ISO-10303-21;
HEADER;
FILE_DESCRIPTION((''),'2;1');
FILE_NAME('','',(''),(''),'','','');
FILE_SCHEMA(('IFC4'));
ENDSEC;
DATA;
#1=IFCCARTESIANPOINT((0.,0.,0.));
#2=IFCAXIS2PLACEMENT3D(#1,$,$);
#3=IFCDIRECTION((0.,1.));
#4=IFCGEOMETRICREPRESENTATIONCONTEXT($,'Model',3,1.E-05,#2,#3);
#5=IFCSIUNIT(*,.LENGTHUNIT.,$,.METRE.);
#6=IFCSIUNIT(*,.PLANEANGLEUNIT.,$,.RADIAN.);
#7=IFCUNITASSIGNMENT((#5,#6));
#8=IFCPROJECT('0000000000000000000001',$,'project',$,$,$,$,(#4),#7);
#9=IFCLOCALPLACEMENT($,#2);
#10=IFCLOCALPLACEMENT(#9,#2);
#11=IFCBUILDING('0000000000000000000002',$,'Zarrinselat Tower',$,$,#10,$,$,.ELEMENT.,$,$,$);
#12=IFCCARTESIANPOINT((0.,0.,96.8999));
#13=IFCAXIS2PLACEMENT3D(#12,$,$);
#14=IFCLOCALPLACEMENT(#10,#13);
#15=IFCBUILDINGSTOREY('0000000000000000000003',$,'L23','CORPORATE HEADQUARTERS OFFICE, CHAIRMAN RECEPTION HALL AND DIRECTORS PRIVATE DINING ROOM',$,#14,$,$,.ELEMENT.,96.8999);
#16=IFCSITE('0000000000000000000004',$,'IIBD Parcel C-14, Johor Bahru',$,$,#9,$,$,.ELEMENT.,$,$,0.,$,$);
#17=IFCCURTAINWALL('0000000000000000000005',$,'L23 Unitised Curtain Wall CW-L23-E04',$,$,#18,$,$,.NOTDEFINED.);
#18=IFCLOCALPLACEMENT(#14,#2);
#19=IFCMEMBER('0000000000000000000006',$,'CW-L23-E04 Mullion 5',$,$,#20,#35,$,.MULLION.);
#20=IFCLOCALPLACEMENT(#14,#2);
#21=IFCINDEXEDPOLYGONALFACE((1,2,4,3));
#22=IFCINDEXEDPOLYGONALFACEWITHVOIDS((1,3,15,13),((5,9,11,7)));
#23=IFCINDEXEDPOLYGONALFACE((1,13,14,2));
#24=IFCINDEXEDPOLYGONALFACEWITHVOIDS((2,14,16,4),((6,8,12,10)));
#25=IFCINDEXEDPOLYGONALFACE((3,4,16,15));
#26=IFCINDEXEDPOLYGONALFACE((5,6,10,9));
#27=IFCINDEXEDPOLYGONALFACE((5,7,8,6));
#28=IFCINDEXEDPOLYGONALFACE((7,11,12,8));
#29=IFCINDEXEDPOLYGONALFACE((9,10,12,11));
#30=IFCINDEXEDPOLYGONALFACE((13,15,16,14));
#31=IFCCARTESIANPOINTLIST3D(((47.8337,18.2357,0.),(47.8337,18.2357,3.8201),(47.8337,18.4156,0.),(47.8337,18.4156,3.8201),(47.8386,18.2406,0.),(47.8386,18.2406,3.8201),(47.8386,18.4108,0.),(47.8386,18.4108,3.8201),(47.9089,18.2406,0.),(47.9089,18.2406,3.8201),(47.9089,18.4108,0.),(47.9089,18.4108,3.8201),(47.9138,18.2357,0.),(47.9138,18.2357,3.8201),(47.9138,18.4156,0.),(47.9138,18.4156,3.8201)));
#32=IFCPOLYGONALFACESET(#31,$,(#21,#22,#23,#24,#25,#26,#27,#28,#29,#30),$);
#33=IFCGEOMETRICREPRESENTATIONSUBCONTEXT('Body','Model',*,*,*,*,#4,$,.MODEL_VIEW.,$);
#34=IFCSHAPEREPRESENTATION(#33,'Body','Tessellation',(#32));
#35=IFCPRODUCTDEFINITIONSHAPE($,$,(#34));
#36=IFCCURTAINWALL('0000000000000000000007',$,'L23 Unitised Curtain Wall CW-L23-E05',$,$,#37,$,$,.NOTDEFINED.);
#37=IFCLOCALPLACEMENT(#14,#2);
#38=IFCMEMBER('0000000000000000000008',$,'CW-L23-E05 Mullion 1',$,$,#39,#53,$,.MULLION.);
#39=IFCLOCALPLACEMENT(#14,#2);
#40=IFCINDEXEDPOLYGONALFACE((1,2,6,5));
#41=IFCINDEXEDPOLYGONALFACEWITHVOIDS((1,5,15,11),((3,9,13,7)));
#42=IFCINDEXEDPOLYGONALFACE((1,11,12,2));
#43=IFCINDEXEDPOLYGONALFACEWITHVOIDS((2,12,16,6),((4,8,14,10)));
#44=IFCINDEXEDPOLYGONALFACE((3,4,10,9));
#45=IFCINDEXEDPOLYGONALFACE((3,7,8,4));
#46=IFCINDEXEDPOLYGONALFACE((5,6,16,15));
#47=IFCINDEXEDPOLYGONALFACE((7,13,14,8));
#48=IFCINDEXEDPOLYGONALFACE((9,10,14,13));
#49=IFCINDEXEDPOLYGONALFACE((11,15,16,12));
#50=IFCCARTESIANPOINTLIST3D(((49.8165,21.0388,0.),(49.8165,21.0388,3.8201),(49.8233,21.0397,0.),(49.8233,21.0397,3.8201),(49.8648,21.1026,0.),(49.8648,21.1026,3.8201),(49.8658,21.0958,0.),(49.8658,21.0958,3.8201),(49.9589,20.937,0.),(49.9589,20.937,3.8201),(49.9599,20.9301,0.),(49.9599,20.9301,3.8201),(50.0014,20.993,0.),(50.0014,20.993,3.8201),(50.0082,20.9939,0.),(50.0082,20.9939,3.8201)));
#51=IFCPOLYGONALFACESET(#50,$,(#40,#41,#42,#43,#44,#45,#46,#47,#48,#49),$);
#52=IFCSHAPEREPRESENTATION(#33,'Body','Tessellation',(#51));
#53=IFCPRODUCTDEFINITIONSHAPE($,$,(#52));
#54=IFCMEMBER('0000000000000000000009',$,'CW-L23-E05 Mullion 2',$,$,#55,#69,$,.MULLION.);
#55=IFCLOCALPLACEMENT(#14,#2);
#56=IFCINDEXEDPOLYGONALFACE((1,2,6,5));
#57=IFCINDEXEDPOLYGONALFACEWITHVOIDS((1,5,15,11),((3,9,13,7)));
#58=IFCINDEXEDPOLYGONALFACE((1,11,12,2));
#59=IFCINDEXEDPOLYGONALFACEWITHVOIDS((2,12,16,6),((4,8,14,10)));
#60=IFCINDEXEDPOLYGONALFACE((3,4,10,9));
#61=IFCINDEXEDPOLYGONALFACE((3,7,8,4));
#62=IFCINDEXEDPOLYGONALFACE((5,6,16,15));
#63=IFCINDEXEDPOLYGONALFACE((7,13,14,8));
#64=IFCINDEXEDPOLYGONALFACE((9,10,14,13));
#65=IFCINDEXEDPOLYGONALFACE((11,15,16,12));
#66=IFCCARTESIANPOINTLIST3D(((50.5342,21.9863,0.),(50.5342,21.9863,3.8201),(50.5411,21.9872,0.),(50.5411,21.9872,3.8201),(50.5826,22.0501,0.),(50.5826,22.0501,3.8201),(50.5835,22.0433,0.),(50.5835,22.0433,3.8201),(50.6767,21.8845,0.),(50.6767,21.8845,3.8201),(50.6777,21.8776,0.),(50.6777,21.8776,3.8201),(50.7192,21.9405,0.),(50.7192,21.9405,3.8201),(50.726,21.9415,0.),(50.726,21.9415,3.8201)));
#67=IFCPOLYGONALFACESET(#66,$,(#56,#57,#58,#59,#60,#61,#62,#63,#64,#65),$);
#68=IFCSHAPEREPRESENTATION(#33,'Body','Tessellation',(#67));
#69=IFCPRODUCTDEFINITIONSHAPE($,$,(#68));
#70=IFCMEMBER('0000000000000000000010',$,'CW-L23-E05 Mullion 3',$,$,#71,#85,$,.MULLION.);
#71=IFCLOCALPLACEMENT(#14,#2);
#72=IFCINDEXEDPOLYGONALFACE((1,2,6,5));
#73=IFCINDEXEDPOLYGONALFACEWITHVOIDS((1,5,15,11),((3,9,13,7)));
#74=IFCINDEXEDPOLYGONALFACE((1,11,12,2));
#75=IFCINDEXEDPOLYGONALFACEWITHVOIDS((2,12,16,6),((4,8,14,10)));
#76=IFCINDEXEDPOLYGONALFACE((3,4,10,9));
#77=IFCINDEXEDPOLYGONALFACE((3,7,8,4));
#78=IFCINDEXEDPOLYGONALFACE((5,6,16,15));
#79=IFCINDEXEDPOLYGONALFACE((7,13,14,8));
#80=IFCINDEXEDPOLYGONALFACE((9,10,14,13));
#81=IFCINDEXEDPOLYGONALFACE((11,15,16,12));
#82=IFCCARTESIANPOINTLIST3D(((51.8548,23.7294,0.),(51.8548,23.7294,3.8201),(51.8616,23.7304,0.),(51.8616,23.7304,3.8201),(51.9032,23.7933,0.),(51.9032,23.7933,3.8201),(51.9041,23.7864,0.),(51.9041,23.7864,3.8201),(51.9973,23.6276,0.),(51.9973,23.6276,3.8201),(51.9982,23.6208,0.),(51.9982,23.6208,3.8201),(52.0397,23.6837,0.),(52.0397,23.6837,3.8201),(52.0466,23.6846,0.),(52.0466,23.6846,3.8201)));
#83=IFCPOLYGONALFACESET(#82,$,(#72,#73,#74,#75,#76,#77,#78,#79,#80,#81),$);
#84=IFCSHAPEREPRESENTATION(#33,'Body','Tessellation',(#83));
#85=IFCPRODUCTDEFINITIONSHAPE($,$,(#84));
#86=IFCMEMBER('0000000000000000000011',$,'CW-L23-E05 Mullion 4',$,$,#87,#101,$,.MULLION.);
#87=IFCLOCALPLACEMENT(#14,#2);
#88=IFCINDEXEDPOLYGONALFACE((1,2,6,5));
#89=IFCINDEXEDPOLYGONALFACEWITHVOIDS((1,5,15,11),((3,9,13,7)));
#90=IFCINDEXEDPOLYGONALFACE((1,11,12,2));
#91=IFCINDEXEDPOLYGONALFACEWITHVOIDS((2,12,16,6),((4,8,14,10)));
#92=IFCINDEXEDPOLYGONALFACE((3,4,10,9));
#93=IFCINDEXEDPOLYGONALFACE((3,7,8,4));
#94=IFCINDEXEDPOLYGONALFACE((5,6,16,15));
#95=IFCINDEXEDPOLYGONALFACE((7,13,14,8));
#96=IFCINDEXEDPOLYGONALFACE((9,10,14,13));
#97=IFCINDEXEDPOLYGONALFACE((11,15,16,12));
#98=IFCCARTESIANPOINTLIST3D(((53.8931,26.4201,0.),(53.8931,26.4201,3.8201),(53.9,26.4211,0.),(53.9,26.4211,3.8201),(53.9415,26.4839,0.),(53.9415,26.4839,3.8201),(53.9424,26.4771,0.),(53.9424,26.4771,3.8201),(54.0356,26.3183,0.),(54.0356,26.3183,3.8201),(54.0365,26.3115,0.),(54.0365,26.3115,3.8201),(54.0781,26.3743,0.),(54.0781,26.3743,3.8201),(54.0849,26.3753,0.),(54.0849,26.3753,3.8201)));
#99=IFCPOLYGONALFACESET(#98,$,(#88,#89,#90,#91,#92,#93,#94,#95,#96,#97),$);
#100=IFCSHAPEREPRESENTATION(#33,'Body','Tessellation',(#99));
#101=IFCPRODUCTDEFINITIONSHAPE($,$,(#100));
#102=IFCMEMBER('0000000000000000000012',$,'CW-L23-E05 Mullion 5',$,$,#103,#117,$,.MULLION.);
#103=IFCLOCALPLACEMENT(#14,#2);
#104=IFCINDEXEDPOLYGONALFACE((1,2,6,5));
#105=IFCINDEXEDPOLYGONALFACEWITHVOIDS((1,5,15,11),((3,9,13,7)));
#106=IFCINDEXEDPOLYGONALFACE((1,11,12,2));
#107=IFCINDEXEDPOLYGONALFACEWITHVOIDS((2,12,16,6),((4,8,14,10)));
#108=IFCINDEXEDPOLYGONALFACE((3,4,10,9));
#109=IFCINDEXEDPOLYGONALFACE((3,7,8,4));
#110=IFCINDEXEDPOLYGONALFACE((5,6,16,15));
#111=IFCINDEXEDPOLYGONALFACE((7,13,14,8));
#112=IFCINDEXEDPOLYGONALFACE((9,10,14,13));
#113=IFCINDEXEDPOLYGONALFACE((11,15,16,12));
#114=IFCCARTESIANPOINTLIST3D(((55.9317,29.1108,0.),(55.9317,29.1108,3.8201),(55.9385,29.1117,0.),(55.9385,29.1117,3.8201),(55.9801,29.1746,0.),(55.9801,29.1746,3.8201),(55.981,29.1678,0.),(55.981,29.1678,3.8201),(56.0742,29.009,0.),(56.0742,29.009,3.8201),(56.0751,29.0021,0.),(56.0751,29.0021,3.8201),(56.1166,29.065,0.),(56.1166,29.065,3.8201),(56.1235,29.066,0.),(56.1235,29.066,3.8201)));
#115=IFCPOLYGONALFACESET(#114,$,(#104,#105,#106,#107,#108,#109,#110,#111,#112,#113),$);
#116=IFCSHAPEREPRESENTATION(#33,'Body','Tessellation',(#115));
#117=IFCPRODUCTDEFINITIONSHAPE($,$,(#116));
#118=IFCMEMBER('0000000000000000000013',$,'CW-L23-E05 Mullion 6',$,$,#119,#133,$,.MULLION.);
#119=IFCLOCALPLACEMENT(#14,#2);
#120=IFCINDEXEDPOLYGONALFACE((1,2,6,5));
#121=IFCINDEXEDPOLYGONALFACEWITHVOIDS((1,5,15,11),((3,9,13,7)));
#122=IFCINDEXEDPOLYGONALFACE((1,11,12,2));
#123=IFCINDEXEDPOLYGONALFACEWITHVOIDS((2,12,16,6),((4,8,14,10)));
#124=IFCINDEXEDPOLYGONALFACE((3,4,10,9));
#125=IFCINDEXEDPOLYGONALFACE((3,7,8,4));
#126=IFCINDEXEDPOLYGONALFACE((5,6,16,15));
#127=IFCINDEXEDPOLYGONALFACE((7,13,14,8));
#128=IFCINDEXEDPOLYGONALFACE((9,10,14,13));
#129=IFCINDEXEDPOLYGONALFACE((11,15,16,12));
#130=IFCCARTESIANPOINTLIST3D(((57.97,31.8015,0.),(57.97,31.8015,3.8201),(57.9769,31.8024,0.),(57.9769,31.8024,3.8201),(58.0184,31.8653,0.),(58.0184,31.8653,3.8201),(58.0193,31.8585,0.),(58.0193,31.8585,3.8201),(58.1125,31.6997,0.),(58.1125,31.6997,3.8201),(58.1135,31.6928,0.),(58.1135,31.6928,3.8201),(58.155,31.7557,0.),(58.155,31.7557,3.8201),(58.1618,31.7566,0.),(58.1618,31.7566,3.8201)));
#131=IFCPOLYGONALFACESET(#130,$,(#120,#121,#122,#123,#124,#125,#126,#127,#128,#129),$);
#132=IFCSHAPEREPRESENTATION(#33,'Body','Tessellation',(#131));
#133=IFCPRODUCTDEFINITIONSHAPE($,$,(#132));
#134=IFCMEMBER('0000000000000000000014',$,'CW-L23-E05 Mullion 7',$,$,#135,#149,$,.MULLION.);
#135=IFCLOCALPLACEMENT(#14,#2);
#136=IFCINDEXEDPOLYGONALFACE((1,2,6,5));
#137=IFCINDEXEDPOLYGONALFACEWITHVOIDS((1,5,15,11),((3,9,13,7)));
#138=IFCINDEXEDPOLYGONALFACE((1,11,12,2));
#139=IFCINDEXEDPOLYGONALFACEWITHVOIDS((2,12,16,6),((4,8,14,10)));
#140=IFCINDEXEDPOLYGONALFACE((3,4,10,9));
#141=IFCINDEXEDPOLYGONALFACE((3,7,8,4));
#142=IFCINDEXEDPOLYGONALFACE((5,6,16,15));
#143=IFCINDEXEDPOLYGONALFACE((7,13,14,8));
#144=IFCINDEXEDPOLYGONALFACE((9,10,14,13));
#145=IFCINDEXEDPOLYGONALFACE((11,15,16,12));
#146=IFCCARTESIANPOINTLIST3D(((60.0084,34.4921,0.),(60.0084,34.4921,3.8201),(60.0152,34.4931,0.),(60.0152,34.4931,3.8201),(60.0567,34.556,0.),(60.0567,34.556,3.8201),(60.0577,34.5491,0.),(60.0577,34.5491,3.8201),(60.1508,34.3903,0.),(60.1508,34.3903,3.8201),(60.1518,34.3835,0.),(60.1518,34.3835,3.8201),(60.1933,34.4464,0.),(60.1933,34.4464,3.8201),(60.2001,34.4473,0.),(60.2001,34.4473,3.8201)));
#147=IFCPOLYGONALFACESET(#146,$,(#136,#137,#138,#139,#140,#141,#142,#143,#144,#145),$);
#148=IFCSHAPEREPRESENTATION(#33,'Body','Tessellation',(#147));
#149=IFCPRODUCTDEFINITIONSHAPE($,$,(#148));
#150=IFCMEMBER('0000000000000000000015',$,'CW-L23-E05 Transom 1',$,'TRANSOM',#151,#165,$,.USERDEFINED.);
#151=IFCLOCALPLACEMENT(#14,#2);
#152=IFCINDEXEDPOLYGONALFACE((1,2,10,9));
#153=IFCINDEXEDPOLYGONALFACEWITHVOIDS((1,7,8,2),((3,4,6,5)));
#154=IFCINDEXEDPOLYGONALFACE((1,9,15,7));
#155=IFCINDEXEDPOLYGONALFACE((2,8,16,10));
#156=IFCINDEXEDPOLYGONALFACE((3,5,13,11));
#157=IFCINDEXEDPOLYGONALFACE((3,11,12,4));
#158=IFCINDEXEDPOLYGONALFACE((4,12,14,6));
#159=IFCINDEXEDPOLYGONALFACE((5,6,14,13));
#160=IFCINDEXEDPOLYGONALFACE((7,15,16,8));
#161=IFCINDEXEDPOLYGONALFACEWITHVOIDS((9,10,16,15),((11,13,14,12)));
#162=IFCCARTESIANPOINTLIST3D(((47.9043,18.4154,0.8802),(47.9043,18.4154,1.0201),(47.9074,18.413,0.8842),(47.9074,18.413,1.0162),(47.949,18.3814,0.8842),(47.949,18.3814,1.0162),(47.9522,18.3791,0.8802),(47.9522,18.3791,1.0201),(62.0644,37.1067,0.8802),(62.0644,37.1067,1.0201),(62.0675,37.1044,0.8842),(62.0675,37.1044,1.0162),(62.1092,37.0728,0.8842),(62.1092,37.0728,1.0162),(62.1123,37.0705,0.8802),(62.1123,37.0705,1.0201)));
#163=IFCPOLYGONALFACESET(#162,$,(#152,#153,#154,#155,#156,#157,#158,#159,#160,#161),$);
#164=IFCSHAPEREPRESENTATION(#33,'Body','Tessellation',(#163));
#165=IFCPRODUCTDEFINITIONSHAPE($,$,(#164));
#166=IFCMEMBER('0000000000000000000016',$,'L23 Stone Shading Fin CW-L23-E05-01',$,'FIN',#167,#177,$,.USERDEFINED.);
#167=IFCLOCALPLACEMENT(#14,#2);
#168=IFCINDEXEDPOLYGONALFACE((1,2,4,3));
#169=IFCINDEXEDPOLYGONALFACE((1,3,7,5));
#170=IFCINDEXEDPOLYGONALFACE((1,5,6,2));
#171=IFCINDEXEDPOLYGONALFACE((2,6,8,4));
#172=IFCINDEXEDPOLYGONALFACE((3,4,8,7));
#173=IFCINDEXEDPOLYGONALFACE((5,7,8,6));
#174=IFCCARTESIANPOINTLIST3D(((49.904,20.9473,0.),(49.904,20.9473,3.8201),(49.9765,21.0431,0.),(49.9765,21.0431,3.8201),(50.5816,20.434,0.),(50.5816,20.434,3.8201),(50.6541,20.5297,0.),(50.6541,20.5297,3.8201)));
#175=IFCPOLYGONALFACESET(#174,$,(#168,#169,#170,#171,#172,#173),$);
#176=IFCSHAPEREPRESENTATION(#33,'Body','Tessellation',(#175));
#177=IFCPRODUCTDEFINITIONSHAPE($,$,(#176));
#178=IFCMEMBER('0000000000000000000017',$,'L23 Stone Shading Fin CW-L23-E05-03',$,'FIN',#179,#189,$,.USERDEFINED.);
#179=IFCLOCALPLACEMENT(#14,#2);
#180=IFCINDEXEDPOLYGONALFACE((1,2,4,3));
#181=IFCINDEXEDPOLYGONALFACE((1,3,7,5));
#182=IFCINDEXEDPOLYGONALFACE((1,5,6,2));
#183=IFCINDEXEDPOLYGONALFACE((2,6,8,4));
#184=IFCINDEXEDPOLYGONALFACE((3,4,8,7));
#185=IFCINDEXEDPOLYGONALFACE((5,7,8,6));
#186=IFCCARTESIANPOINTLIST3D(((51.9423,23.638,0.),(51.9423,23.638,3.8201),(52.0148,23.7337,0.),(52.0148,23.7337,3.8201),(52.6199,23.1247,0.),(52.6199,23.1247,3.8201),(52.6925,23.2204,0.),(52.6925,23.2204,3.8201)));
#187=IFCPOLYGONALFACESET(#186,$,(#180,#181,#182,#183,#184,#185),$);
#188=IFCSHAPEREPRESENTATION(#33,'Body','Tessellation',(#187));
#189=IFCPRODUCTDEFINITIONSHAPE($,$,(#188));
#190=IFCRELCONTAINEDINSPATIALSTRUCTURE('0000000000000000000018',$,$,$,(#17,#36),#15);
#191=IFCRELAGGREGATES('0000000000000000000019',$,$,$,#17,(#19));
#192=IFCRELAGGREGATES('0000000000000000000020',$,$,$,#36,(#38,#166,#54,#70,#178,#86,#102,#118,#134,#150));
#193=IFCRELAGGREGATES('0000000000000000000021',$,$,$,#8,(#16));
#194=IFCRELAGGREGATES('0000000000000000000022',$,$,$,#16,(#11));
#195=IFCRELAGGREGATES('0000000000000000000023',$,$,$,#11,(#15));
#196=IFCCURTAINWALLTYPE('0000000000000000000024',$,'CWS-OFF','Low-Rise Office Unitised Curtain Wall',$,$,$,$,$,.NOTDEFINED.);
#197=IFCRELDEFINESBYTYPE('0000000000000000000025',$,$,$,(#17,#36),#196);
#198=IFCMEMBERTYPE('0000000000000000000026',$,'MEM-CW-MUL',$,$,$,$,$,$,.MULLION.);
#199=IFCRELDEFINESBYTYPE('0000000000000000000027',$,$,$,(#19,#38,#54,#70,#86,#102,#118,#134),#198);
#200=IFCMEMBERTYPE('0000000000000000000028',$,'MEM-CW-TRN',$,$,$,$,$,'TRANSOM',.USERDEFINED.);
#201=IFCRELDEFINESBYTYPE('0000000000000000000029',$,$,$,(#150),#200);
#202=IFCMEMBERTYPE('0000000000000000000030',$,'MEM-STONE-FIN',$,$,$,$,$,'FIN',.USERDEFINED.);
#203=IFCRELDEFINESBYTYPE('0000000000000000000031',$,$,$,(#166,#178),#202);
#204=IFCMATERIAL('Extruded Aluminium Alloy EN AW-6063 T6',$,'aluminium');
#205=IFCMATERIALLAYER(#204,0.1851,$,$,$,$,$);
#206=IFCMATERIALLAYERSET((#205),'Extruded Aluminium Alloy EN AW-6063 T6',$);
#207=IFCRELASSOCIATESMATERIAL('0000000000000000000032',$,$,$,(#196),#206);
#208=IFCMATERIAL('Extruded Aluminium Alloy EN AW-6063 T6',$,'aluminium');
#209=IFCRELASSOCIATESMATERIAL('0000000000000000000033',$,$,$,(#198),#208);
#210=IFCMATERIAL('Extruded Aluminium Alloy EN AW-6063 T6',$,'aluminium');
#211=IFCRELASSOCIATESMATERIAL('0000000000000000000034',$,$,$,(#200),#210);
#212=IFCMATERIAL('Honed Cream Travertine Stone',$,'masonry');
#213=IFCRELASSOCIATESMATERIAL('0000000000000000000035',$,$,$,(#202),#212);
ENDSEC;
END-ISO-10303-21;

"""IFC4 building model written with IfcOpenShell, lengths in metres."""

from ifc_helpers import new_model, si_unit, direction, frame, origin, origin_2d, place, context, subcontext, project, spatial, rectangle, hollow_rectangle, extrude, material, layer, layer_set, material_profile, profile_set, type_object, element, aggregate, save


model = new_model("IFC4")

# Units and contexts
model_context = context("Model", 3, precision=1e-05, world=origin(), true_north=direction((0.0, 1.0)))
body_context = subcontext(model_context, "Body", "Model", "MODEL_VIEW")
ifc_project = project(units=[si_unit("LENGTHUNIT", "METRE"), si_unit("PLANEANGLEUNIT", "RADIAN")], contexts=[model_context])

# Site, building, storey
site_placement = place(None, origin())
site = spatial("IfcSite", under=ifc_project, at=site_placement, Name="IIBD Parcel C-14, Johor Bahru", CompositionType="ELEMENT", RefElevation=0.0)
building_placement = place(site_placement, origin())
building = spatial("IfcBuilding", under=site, at=building_placement, Name="Zarrinselat Tower", CompositionType="ELEMENT")
storey_placement = place(building_placement, frame((0.0, 0.0, 96.8999)))
storey = spatial("IfcBuildingStorey", under=building, at=storey_placement, Name="L23", Description="CORPORATE HEADQUARTERS OFFICE, CHAIRMAN RECEPTION HALL AND DIRECTORS PRIVATE DINING ROOM", CompositionType="ELEMENT", Elevation=96.8999)

# Curtain wall, member
ifc_material_1 = material(Name="Extruded Aluminium Alloy EN AW-6063 T6", Category="aluminium")
ifc_layer_1 = layer(ifc_material_1, 0.1851)
ifc_layer_set_1 = layer_set([ifc_layer_1], Name="Extruded Aluminium Alloy EN AW-6063 T6")
curtain_wall_type = type_object("IfcCurtainWallType", Name="CWS-OFF", Description="Low-Rise Office Unitised Curtain Wall", PredefinedType="NOTDEFINED", material=ifc_layer_set_1)
curtain_wall_1_placement = place(storey_placement, origin())
curtain_wall_1 = element("IfcCurtainWall", 1, at=curtain_wall_1_placement, inside=storey, type_object=curtain_wall_type, Name="L23 Unitised Curtain Wall CW-L23-E04", PredefinedType="NOTDEFINED")
ifc_material_2 = material(Name="Extruded Aluminium Alloy EN AW-6063 T6", Category="aluminium")
ifc_material_profile_1 = material_profile(ifc_material_2, hollow_rectangle(XDim=0.0801, YDim=0.1799, WallThickness=0.0049, at=origin_2d()), Name="RHS 180x80x5")
ifc_profile_set_1 = profile_set([ifc_material_profile_1], Name="Extruded Aluminium Alloy EN AW-6063 T6")
member_type_1 = type_object("IfcMemberType", Name="MEM-CW-MUL", PredefinedType="MULLION", material=ifc_profile_set_1)
member_1_placement = place(storey_placement, frame((47.8738, 18.3257, 0.0), z_axis=(0.0, 0.0, 1.0), x_axis=(1.0, 0.0, 0.0)))
member_1 = element("IfcMember", 2, at=member_1_placement, type_object=member_type_1, Name="CW-L23-E04 Mullion 5", PredefinedType="MULLION", context=body_context, shape_type="SweptSolid", body=[
    extrude(hollow_rectangle(XDim=0.0801, YDim=0.1799, WallThickness=0.0049, at=origin_2d()), origin(), (0.0, 0.0, 1.0), 3.8201),
])
aggregate(curtain_wall_1, [member_1])

# Curtain wall, members
curtain_wall_2_placement = place(storey_placement, origin())
curtain_wall_2 = element("IfcCurtainWall", 3, at=curtain_wall_2_placement, inside=storey, type_object=curtain_wall_type, Name="L23 Unitised Curtain Wall CW-L23-E05", PredefinedType="NOTDEFINED")
member_2_placement = place(storey_placement, frame((49.9124, 21.0164, 0.0), z_axis=(0.0, 0.0, 1.0), x_axis=(0.603858, 0.797092, 0.0)))
member_2 = element("IfcMember", 4, at=member_2_placement, type_object=member_type_1, Name="CW-L23-E05 Mullion 1", PredefinedType="MULLION", context=body_context, shape_type="SweptSolid", body=[
    extrude(hollow_rectangle(XDim=0.0801, YDim=0.1799, WallThickness=0.0049, at=origin_2d()), origin(), (0.0, 0.0, 1.0), 3.8201),
])
member_3_placement = place(storey_placement, frame((50.6301, 21.9639, 0.0), z_axis=(0.0, 0.0, 1.0), x_axis=(0.603858, 0.797092, 0.0)))
member_3 = element("IfcMember", 5, at=member_3_placement, type_object=member_type_1, Name="CW-L23-E05 Mullion 2", PredefinedType="MULLION", context=body_context, shape_type="SweptSolid", body=[
    extrude(hollow_rectangle(XDim=0.0801, YDim=0.1799, WallThickness=0.0049, at=origin_2d()), origin(), (0.0, 0.0, 1.0), 3.8201),
])
member_4_placement = place(storey_placement, frame((51.9507, 23.707, 0.0), z_axis=(0.0, 0.0, 1.0), x_axis=(0.603858, 0.797092, 0.0)))
member_4 = element("IfcMember", 6, at=member_4_placement, type_object=member_type_1, Name="CW-L23-E05 Mullion 3", PredefinedType="MULLION", context=body_context, shape_type="SweptSolid", body=[
    extrude(hollow_rectangle(XDim=0.0801, YDim=0.1799, WallThickness=0.0049, at=origin_2d()), origin(), (0.0, 0.0, 1.0), 3.8201),
])
member_5_placement = place(storey_placement, frame((53.989, 26.3977, 0.0), z_axis=(0.0, 0.0, 1.0), x_axis=(0.603858, 0.797092, 0.0)))
member_5 = element("IfcMember", 7, at=member_5_placement, type_object=member_type_1, Name="CW-L23-E05 Mullion 4", PredefinedType="MULLION", context=body_context, shape_type="SweptSolid", body=[
    extrude(hollow_rectangle(XDim=0.0801, YDim=0.1799, WallThickness=0.0049, at=origin_2d()), origin(), (0.0, 0.0, 1.0), 3.8201),
])
member_6_placement = place(storey_placement, frame((56.0276, 29.0884, 0.0), z_axis=(0.0, 0.0, 1.0), x_axis=(0.603858, 0.797092, 0.0)))
member_6 = element("IfcMember", 8, at=member_6_placement, type_object=member_type_1, Name="CW-L23-E05 Mullion 5", PredefinedType="MULLION", context=body_context, shape_type="SweptSolid", body=[
    extrude(hollow_rectangle(XDim=0.0801, YDim=0.1799, WallThickness=0.0049, at=origin_2d()), origin(), (0.0, 0.0, 1.0), 3.8201),
])
member_7_placement = place(storey_placement, frame((58.0659, 31.7791, 0.0), z_axis=(0.0, 0.0, 1.0), x_axis=(0.603858, 0.797092, 0.0)))
member_7 = element("IfcMember", 9, at=member_7_placement, type_object=member_type_1, Name="CW-L23-E05 Mullion 6", PredefinedType="MULLION", context=body_context, shape_type="SweptSolid", body=[
    extrude(hollow_rectangle(XDim=0.0801, YDim=0.1799, WallThickness=0.0049, at=origin_2d()), origin(), (0.0, 0.0, 1.0), 3.8201),
])
member_8_placement = place(storey_placement, frame((60.1042, 34.4697, 0.0), z_axis=(0.0, 0.0, 1.0), x_axis=(0.603858, 0.797092, 0.0)))
member_8 = element("IfcMember", 10, at=member_8_placement, type_object=member_type_1, Name="CW-L23-E05 Mullion 7", PredefinedType="MULLION", context=body_context, shape_type="SweptSolid", body=[
    extrude(hollow_rectangle(XDim=0.0801, YDim=0.1799, WallThickness=0.0049, at=origin_2d()), origin(), (0.0, 0.0, 1.0), 3.8201),
])
ifc_material_3 = material(Name="Extruded Aluminium Alloy EN AW-6063 T6", Category="aluminium")
ifc_material_profile_2 = material_profile(ifc_material_3, hollow_rectangle(XDim=0.0601, YDim=0.1399, WallThickness=0.0039, at=origin_2d()), Name="RHS 140x60x4")
ifc_profile_set_2 = profile_set([ifc_material_profile_2], Name="Extruded Aluminium Alloy EN AW-6063 T6")
member_type_2 = type_object("IfcMemberType", Name="MEM-CW-TRN", ElementType="TRANSOM", PredefinedType="USERDEFINED", material=ifc_profile_set_2)
member_9_placement = place(storey_placement, frame((47.9282, 18.3972, 0.9502), z_axis=(0.603858, 0.797092, 0.0), x_axis=(-0.797092, 0.603858, 0.0)))
member_9 = element("IfcMember", 11, at=member_9_placement, type_object=member_type_2, Name="CW-L23-E05 Transom 1", ObjectType="TRANSOM", PredefinedType="USERDEFINED", context=body_context, shape_type="SweptSolid", body=[
    extrude(hollow_rectangle(XDim=0.0601, YDim=0.1399, WallThickness=0.0039, at=origin_2d()), origin(), (0.0, 0.0, 1.0), 23.4495),
])
ifc_material_4 = material(Name="Honed Cream Travertine Stone", Category="masonry")
ifc_material_profile_3 = material_profile(ifc_material_4, rectangle(XDim=0.1201, YDim=0.8501, at=origin_2d()), Name="FIN 850x120")
ifc_profile_set_3 = profile_set([ifc_material_profile_3], Name="Honed Cream Travertine Stone")
member_type_3 = type_object("IfcMemberType", Name="MEM-STONE-FIN", ElementType="FIN", PredefinedType="USERDEFINED", material=ifc_profile_set_3)
member_10_placement = place(storey_placement, frame((50.2791, 20.7385, 0.0), z_axis=(0.0, 0.0, 1.0), x_axis=(-0.603858, -0.797092, 0.0)))
member_10 = element("IfcMember", 12, at=member_10_placement, type_object=member_type_3, Name="L23 Stone Shading Fin CW-L23-E05-01", ObjectType="FIN", PredefinedType="USERDEFINED", context=body_context, shape_type="SweptSolid", body=[
    extrude(rectangle(XDim=0.1201, YDim=0.8501, at=origin_2d()), origin(), (0.0, 0.0, 1.0), 3.8201),
])
member_11_placement = place(storey_placement, frame((52.3174, 23.4292, 0.0), z_axis=(0.0, 0.0, 1.0), x_axis=(-0.603858, -0.797092, 0.0)))
member_11 = element("IfcMember", 13, at=member_11_placement, type_object=member_type_3, Name="L23 Stone Shading Fin CW-L23-E05-03", ObjectType="FIN", PredefinedType="USERDEFINED", context=body_context, shape_type="SweptSolid", body=[
    extrude(rectangle(XDim=0.1201, YDim=0.8501, at=origin_2d()), origin(), (0.0, 0.0, 1.0), 3.8201),
])
aggregate(curtain_wall_2, [member_2, member_10, member_3, member_4, member_11, member_5, member_6, member_7, member_8, member_9])

save(model, "model.ifc")
